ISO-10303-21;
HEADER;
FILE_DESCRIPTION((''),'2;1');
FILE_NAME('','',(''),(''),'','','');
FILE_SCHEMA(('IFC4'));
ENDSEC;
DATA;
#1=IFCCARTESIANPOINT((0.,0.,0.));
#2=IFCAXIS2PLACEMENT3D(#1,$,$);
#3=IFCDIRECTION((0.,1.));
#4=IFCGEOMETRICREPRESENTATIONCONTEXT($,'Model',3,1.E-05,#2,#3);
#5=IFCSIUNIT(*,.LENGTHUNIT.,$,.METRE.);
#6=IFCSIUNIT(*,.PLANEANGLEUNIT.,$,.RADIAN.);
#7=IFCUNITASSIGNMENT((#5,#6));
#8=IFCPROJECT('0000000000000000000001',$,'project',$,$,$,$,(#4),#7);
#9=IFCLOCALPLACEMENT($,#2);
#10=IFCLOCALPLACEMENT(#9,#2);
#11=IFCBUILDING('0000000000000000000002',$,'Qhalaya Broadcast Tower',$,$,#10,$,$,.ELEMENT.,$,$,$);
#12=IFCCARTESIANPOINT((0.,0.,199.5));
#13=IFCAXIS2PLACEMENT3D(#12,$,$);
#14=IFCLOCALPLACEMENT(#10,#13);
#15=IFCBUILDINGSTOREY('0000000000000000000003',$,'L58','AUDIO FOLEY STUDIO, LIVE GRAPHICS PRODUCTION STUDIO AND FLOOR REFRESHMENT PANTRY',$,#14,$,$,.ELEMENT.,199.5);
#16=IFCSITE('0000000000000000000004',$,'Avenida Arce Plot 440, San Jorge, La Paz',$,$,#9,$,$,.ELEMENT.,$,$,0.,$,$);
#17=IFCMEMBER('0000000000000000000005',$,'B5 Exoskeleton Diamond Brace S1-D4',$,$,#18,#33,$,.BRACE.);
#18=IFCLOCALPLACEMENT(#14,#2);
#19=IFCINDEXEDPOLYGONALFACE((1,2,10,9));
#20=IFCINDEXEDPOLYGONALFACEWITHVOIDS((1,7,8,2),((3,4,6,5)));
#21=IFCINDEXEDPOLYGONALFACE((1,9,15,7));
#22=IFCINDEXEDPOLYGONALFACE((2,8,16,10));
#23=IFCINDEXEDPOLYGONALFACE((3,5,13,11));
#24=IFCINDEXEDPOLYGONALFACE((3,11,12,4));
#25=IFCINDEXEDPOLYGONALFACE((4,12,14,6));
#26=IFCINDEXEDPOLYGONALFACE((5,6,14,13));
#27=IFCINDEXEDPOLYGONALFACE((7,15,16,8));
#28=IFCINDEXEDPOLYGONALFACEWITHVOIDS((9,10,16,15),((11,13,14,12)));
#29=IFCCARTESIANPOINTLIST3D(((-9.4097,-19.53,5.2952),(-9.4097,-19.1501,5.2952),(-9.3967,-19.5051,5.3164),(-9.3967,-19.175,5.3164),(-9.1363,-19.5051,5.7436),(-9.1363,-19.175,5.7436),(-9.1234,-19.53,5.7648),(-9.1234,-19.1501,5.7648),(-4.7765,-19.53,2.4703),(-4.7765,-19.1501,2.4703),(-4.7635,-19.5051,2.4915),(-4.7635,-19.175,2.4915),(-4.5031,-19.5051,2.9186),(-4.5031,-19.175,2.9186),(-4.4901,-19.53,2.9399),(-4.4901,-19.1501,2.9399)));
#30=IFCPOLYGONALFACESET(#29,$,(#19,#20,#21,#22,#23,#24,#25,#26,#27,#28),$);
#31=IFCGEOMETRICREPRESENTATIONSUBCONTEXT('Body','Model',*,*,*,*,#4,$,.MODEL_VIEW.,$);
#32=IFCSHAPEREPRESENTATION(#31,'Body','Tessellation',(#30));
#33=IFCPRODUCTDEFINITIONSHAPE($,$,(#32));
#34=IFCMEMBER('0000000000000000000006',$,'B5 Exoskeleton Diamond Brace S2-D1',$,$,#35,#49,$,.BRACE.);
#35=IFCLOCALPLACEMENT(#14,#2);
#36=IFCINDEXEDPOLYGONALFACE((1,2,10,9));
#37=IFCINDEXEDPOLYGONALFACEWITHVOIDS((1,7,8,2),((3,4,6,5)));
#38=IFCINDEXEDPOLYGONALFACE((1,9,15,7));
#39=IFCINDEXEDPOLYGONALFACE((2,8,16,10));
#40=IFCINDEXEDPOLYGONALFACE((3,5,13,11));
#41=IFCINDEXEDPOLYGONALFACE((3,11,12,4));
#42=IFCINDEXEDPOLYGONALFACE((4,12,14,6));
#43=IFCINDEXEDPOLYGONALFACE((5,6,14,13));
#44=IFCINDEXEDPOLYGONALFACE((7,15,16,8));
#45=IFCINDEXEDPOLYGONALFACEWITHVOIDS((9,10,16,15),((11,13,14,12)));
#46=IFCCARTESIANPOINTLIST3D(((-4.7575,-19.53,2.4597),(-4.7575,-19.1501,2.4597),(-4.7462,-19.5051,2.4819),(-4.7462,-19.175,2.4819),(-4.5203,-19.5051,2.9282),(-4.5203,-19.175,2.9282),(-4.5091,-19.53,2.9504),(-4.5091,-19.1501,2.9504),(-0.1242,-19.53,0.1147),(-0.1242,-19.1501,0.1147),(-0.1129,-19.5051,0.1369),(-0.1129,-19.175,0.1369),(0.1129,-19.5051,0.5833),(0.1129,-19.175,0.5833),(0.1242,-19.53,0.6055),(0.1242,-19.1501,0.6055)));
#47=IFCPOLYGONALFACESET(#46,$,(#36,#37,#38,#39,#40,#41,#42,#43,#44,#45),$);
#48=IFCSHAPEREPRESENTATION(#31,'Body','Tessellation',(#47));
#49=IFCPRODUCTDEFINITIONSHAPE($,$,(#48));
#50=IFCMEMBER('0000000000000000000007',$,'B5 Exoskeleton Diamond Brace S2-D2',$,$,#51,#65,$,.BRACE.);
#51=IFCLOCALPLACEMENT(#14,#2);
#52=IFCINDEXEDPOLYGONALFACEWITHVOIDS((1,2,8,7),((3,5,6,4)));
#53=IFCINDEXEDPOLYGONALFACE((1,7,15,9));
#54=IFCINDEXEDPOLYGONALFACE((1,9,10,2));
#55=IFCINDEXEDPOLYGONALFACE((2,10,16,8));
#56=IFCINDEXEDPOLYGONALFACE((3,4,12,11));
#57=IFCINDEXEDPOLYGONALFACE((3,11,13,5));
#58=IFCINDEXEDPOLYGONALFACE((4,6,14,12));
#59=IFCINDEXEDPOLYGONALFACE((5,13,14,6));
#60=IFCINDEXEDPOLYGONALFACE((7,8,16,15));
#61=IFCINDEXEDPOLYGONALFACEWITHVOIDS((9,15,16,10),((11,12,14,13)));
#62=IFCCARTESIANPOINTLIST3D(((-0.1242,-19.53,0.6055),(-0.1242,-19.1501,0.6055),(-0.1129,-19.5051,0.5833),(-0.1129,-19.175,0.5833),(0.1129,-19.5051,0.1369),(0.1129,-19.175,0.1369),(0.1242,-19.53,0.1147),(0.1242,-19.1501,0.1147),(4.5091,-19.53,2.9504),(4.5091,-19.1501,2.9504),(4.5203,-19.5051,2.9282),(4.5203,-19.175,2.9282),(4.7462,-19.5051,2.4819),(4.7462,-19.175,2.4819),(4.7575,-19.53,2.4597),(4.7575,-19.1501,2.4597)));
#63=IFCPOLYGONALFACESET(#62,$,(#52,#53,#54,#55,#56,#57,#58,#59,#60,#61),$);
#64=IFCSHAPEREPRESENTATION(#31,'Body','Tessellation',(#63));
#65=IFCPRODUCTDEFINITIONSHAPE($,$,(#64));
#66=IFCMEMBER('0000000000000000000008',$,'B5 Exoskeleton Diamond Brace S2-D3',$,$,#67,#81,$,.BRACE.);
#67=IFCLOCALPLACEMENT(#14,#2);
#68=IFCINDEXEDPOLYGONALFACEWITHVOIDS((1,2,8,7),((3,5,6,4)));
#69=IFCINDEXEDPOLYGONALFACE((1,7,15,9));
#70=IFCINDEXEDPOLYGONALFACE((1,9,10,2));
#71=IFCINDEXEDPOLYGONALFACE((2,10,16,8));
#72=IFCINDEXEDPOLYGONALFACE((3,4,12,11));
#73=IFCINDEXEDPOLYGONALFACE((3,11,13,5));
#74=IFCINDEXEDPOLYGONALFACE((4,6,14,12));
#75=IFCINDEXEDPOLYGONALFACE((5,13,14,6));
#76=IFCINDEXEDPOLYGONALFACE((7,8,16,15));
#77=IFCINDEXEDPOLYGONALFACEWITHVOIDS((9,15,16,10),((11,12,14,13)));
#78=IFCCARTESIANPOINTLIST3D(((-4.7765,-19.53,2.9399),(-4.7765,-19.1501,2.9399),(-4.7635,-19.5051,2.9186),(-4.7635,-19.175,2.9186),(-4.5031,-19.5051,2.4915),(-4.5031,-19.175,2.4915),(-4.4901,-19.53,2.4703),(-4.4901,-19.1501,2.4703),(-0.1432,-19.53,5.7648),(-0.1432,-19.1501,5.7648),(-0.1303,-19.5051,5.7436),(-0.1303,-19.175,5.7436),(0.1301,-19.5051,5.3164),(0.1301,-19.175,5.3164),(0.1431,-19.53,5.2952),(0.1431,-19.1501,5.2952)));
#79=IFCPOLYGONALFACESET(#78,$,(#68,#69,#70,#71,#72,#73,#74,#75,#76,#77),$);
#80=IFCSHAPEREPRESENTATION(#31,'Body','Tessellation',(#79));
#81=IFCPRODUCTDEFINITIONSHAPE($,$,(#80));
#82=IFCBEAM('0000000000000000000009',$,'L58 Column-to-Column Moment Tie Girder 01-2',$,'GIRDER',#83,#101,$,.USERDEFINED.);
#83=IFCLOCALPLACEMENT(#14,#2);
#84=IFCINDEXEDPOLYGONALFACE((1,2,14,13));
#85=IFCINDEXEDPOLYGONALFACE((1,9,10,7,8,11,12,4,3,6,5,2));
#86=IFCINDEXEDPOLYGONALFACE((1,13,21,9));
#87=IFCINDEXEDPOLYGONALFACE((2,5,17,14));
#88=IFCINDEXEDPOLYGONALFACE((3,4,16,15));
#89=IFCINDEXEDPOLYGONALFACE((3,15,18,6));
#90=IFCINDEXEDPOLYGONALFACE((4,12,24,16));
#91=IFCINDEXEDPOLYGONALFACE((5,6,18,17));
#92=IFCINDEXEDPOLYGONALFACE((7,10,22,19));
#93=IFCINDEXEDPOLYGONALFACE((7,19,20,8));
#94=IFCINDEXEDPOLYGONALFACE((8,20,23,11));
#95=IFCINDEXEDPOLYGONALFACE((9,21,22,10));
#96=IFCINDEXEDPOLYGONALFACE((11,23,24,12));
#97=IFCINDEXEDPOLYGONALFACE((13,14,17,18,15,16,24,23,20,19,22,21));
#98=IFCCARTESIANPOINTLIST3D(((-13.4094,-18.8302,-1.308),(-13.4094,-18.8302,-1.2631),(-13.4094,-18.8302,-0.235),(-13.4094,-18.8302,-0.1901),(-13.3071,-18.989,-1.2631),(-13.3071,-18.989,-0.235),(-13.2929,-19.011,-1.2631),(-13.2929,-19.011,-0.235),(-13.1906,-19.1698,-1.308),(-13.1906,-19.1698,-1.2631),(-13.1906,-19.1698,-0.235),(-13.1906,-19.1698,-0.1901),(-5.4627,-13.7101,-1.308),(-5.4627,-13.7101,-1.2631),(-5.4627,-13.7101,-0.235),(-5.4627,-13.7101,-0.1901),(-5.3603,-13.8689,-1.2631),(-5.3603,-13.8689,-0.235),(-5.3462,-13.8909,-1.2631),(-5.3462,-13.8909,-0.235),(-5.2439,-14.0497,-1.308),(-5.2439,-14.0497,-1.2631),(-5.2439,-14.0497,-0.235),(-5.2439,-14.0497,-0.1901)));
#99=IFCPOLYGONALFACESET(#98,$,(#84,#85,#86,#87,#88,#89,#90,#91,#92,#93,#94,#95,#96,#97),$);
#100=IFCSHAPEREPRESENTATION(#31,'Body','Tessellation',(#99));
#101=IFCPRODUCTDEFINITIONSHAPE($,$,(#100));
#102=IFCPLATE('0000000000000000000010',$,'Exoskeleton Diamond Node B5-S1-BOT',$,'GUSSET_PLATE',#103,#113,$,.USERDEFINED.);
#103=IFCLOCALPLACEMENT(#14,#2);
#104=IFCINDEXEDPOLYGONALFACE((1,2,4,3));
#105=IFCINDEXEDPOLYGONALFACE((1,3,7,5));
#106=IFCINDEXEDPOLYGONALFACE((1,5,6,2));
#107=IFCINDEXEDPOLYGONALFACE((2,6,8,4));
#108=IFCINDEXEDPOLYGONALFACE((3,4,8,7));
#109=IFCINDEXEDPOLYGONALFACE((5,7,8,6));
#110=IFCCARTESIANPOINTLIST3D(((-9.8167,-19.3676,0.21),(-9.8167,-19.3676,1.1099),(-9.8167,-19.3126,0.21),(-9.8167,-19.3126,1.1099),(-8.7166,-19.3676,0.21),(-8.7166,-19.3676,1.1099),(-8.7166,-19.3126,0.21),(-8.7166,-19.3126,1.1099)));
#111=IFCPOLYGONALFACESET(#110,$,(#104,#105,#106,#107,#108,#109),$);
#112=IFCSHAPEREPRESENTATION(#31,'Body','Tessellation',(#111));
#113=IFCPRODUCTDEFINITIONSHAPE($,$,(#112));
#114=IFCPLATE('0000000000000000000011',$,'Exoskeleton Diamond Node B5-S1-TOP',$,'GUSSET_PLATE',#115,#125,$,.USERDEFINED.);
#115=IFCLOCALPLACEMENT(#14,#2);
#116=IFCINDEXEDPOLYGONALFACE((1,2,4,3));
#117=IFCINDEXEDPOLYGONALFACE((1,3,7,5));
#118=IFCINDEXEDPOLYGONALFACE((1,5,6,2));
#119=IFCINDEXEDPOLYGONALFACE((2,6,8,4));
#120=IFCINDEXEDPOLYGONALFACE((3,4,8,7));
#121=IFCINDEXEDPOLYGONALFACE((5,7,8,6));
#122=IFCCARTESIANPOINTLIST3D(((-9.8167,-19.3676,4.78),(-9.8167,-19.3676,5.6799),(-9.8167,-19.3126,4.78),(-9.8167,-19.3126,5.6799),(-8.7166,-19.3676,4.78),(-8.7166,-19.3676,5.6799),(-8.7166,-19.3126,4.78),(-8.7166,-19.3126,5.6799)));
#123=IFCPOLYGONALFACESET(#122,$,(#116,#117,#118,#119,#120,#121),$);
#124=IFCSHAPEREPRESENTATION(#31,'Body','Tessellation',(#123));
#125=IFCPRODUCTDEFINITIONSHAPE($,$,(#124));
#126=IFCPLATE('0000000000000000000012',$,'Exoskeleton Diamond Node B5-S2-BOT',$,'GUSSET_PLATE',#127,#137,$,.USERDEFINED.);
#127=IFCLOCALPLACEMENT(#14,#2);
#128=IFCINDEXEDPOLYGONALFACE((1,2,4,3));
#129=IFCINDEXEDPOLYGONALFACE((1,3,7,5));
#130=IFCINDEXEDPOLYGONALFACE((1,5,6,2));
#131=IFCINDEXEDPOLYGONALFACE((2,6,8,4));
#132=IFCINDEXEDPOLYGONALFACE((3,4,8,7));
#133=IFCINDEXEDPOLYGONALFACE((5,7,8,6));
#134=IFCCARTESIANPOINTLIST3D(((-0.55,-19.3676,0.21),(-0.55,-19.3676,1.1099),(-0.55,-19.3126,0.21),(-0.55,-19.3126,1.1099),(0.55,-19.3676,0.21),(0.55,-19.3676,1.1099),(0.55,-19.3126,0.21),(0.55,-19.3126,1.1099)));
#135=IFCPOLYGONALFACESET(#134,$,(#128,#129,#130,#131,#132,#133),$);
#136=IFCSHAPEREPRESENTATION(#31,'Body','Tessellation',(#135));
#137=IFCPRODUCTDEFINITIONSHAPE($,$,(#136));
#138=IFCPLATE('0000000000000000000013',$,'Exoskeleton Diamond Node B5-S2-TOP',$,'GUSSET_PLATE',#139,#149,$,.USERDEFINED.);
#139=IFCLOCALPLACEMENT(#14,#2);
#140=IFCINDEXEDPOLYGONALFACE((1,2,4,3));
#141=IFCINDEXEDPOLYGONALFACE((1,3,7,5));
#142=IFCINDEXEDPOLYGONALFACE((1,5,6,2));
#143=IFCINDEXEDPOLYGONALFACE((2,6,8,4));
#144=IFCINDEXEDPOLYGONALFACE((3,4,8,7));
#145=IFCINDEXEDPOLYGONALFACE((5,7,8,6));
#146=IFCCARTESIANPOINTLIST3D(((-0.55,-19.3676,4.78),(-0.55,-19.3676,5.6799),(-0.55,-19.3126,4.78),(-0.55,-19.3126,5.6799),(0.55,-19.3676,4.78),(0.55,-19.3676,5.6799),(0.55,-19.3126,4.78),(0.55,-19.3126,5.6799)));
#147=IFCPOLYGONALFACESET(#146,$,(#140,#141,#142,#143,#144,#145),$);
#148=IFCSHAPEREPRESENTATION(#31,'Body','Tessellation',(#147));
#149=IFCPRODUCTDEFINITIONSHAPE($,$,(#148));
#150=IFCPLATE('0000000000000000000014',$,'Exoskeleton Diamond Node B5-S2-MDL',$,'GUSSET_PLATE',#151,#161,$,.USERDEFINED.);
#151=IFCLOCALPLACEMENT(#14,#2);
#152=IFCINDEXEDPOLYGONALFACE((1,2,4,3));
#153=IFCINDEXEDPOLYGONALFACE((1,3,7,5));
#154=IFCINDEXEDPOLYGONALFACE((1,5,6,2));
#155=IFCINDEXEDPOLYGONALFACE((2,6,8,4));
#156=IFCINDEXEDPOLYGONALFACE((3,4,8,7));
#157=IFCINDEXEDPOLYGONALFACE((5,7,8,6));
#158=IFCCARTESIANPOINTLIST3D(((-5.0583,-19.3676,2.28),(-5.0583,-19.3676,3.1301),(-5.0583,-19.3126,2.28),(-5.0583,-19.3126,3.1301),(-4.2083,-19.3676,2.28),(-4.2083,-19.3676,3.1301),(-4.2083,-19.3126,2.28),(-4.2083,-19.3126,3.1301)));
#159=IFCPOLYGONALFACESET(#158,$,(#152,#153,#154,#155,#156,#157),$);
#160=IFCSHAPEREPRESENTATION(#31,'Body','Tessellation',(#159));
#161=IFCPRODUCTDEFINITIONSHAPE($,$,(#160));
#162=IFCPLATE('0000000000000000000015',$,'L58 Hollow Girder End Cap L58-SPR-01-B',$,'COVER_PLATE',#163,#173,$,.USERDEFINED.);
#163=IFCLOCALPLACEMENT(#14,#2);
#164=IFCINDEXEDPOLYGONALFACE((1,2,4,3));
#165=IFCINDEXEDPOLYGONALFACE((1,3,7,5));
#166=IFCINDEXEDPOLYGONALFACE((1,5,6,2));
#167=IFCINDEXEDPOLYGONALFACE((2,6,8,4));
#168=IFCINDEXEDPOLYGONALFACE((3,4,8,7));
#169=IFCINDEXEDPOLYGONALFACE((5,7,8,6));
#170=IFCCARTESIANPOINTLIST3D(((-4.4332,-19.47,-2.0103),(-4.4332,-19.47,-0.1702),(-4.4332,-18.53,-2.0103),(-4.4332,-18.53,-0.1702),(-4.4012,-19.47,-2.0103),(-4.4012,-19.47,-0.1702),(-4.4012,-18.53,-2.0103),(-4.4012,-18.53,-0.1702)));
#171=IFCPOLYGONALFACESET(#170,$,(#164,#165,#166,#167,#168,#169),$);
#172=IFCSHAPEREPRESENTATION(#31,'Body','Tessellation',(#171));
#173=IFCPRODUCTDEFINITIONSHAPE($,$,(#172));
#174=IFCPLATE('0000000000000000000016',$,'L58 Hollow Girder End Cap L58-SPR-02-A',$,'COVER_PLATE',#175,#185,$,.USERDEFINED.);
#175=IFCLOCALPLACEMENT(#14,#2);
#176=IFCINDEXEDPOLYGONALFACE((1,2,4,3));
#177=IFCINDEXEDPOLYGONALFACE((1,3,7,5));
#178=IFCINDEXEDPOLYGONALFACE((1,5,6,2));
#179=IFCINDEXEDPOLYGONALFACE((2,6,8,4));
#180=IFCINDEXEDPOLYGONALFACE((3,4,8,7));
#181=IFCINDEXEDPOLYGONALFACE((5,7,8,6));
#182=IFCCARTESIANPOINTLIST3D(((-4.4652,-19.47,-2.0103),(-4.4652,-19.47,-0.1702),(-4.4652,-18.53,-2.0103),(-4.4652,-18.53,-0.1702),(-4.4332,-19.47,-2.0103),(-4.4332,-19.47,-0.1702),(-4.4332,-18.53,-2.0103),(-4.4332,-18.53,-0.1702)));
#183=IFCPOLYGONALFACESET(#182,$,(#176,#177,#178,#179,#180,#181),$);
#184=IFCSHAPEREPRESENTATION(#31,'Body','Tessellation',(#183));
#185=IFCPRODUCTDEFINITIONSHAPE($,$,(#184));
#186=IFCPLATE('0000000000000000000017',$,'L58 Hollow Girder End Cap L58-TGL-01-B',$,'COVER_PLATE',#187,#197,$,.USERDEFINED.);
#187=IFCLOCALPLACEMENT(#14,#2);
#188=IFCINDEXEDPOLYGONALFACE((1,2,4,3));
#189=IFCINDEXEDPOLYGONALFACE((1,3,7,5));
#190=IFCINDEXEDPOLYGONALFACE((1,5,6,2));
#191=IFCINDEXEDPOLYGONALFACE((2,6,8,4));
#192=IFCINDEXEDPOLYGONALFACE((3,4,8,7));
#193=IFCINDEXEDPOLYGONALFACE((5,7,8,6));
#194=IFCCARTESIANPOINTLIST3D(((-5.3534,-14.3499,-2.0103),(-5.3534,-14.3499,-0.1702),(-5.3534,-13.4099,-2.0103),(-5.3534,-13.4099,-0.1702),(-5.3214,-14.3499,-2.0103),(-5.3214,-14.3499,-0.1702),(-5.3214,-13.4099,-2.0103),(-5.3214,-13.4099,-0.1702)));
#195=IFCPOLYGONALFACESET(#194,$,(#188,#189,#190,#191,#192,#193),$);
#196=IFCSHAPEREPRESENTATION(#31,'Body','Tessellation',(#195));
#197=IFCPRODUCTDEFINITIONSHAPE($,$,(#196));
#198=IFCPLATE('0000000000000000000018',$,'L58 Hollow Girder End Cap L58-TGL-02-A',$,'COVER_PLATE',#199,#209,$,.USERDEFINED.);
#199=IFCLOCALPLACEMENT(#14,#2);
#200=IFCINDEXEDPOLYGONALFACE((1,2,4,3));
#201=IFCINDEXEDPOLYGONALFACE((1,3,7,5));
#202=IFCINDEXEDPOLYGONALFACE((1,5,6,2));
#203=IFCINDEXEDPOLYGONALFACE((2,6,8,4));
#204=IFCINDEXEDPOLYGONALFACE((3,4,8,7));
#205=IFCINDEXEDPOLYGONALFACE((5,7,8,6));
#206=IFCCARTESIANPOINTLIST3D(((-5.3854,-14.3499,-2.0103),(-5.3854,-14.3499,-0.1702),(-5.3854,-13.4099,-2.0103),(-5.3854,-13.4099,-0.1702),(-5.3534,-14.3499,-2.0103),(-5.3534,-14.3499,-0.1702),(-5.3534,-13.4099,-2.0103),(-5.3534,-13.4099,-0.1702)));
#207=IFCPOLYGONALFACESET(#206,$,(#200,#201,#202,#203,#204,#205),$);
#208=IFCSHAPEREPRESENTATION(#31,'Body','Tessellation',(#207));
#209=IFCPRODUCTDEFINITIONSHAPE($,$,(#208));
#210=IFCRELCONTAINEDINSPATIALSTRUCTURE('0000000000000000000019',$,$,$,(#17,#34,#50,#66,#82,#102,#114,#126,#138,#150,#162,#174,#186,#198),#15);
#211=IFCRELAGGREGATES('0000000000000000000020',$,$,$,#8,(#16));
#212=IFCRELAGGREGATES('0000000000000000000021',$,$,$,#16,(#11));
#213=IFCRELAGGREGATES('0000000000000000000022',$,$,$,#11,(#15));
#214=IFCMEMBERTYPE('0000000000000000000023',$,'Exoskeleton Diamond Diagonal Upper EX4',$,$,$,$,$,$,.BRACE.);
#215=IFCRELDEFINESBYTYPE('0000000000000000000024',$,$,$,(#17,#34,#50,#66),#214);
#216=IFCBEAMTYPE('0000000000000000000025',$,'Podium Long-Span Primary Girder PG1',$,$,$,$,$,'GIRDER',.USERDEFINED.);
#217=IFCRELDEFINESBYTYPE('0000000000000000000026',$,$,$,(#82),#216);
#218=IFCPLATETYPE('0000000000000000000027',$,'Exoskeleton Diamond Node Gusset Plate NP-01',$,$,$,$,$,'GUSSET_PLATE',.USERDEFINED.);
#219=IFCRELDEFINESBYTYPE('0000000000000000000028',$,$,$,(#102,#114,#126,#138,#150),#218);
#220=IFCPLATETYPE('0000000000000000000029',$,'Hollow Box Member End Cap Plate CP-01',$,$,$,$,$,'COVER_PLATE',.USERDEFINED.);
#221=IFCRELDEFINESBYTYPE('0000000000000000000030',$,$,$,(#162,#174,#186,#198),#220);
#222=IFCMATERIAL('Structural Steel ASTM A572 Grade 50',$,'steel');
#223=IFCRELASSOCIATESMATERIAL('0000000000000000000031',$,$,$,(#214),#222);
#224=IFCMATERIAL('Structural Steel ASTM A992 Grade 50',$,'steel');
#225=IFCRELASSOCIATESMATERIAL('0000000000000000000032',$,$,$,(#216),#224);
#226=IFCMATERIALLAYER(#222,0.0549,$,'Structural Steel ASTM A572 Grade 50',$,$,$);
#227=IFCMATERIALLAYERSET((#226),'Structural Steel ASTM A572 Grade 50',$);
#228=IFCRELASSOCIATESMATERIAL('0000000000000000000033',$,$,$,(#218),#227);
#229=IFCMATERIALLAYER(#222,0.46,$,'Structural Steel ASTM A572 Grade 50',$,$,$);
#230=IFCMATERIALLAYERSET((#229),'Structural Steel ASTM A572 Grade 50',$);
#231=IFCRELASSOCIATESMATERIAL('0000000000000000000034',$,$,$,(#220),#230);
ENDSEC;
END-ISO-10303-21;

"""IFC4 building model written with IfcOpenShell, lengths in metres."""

from ifc_helpers import new_model, si_unit, direction, frame, origin, origin_2d, place, context, subcontext, project, spatial, rectangle, hollow_rectangle, i_section, extrude, material, layer, layer_set, material_profile, profile_set, type_object, element, save


model = new_model("IFC4")

# Units and contexts
model_context = context("Model", 3, precision=1e-05, world=origin(), true_north=direction((0.0, 1.0)))
body_context = subcontext(model_context, "Body", "Model", "MODEL_VIEW")
ifc_project = project(units=[si_unit("LENGTHUNIT", "METRE"), si_unit("PLANEANGLEUNIT", "RADIAN")], contexts=[model_context])

# Site, building, storey
site_placement = place(None, origin())
site = spatial("IfcSite", under=ifc_project, at=site_placement, Name="Avenida Arce Plot 440, San Jorge, La Paz", CompositionType="ELEMENT", RefElevation=0.0)
building_placement = place(site_placement, origin())
building = spatial("IfcBuilding", under=site, at=building_placement, Name="Qhalaya Broadcast Tower", CompositionType="ELEMENT")
storey_placement = place(building_placement, frame((0.0, 0.0, 199.5)))
storey = spatial("IfcBuildingStorey", under=building, at=storey_placement, Name="L58", Description="AUDIO FOLEY STUDIO, LIVE GRAPHICS PRODUCTION STUDIO AND FLOOR REFRESHMENT PANTRY", CompositionType="ELEMENT", Elevation=199.5)

# Shared definitions
ifc_material_1 = material(Name="Structural Steel ASTM A572 Grade 50", Category="steel")

# Shared definitions
ifc_material_2 = material(Name="Structural Steel ASTM A992 Grade 50", Category="steel")

# Members
ifc_material_profile_1 = material_profile(ifc_material_1, hollow_rectangle(XDim=0.3799, YDim=0.55, WallThickness=0.0249, at=origin_2d()), Name="BOX 380x550x25")
ifc_profile_set_1 = profile_set([ifc_material_profile_1], Name="Structural Steel ASTM A572 Grade 50")
member_type = type_object("IfcMemberType", Name="Exoskeleton Diamond Diagonal Upper EX4", PredefinedType="BRACE", material=ifc_profile_set_1)
member_1_placement = place(storey_placement, frame((-4.6333, -19.3401, 2.7051), z_axis=(-0.853815, 0.0, 0.520576), x_axis=(0.0, -1.0, 0.0)))
element("IfcMember", 1, at=member_1_placement, inside=storey, type_object=member_type, Name="B5 Exoskeleton Diamond Brace S1-D4", PredefinedType="BRACE", context=body_context, shape_type="SweptSolid", body=[
    extrude(hollow_rectangle(XDim=0.3799, YDim=0.55, WallThickness=0.0249, at=origin_2d()), origin(), (0.0, 0.0, 1.0), 5.4265),
])
for number, where, z_axis, x_axis, name in (
    (2, (0.0, -19.3401, 0.3601), (-0.892235, 0.0, 0.451571), (0.0, -1.0, 0.0), "B5 Exoskeleton Diamond Brace S2-D1"),
    (3, (0.0, -19.3401, 0.3601), (0.892235, 0.0, 0.451571), (0.0, 1.0, 0.0), "B5 Exoskeleton Diamond Brace S2-D2"),
):
    element("IfcMember", number, at=place(storey_placement, frame(where, z_axis=z_axis, x_axis=x_axis)), inside=storey, type_object=member_type, Name=name, PredefinedType="BRACE", context=body_context, shape_type="SweptSolid", body=[
        extrude(hollow_rectangle(XDim=0.3799, YDim=0.55, WallThickness=0.0249, at=origin_2d()), origin(), (0.0, 0.0, 1.0), 5.1929),
    ])
member_2_placement = place(storey_placement, frame((-4.6333, -19.3401, 2.7051), z_axis=(0.853815, 0.0, 0.520576), x_axis=(0.0, 1.0, 0.0)))
element("IfcMember", 4, at=member_2_placement, inside=storey, type_object=member_type, Name="B5 Exoskeleton Diamond Brace S2-D3", PredefinedType="BRACE", context=body_context, shape_type="SweptSolid", body=[
    extrude(hollow_rectangle(XDim=0.3799, YDim=0.55, WallThickness=0.0249, at=origin_2d()), origin(), (0.0, 0.0, 1.0), 5.4265),
])

# Beam
ifc_material_profile_2 = material_profile(ifc_material_2, i_section(OverallWidth=0.4041, OverallDepth=1.1179, WebThickness=0.0261, FlangeThickness=0.0449, at=origin_2d()), Name="W44X335")
ifc_profile_set_2 = profile_set([ifc_material_profile_2], Name="Structural Steel ASTM A992 Grade 50")
beam_type_1 = type_object("IfcBeamType", Name="Podium Long-Span Primary Girder PG1", ElementType="GIRDER", PredefinedType="USERDEFINED", material=ifc_profile_set_2)
beam_1_placement = place(storey_placement, frame((-5.3533, -13.8799, -0.749), z_axis=(-0.840626, -0.541616, 0.0), x_axis=(0.541616, -0.840626, 0.0)))
element("IfcBeam", 5, at=beam_1_placement, inside=storey, type_object=beam_type_1, Name="L58 Column-to-Column Moment Tie Girder 01-2", ObjectType="GIRDER", PredefinedType="USERDEFINED", context=body_context, shape_type="SweptSolid", body=[
    extrude(i_section(OverallWidth=0.4041, OverallDepth=1.1179, WebThickness=0.0261, FlangeThickness=0.0449, at=origin_2d()), origin(), (0.0, 0.0, 1.0), 9.4534),
])

# Plates
ifc_layer_1 = layer(ifc_material_1, 0.0549, Name="Structural Steel ASTM A572 Grade 50")
ifc_layer_set_1 = layer_set([ifc_layer_1], Name="Structural Steel ASTM A572 Grade 50")
plate_type_1 = type_object("IfcPlateType", Name="Exoskeleton Diamond Node Gusset Plate NP-01", ElementType="GUSSET_PLATE", PredefinedType="USERDEFINED", material=ifc_layer_set_1)
for number, where, z_axis, x_axis, name in (
    (6, (-9.2666, -19.3401, 0.21), (0.0, 0.0, 1.0), (1.0, 0.0, 0.0), "Exoskeleton Diamond Node B5-S1-BOT"),
    (7, (-9.2666, -19.3401, 4.78), (0.0, 0.0, 1.0), (1.0, 0.0, 0.0), "Exoskeleton Diamond Node B5-S1-TOP"),
    (8, (0.0, -19.3401, 0.21), (0.0, 0.0, 1.0), (1.0, 0.0, 0.0), "Exoskeleton Diamond Node B5-S2-BOT"),
    (9, (0.0, -19.3401, 4.78), (0.0, 0.0, 1.0), (1.0, 0.0, 0.0), "Exoskeleton Diamond Node B5-S2-TOP"),
):
    element("IfcPlate", number, at=place(storey_placement, frame(where, z_axis=z_axis, x_axis=x_axis)), inside=storey, type_object=plate_type_1, Name=name, ObjectType="GUSSET_PLATE", PredefinedType="USERDEFINED", context=body_context, shape_type="SweptSolid", body=[
        extrude(rectangle(XDim=1.1001, YDim=0.0549, at=origin_2d()), origin(), (0.0, 0.0, 1.0), 0.8999),
    ])
plate_1_placement = place(storey_placement, frame((-4.6333, -19.3401, 2.28), z_axis=(0.0, 0.0, 1.0), x_axis=(1.0, 0.0, 0.0)))
element("IfcPlate", 10, at=plate_1_placement, inside=storey, type_object=plate_type_1, Name="Exoskeleton Diamond Node B5-S2-MDL", ObjectType="GUSSET_PLATE", PredefinedType="USERDEFINED", context=body_context, shape_type="SweptSolid", body=[
    extrude(rectangle(XDim=0.8501, YDim=0.0549, at=origin_2d()), origin(), (0.0, 0.0, 1.0), 0.8501),
])
ifc_layer_2 = layer(ifc_material_1, 0.46, Name="Structural Steel ASTM A572 Grade 50")
ifc_layer_set_2 = layer_set([ifc_layer_2], Name="Structural Steel ASTM A572 Grade 50")
plate_type_2 = type_object("IfcPlateType", Name="Hollow Box Member End Cap Plate CP-01", ElementType="COVER_PLATE", PredefinedType="USERDEFINED", material=ifc_layer_set_2)
for number, where, z_axis, x_axis, name in (
    (11, (-4.4172, -19.0, -2.0103), (0.0, 0.0, 1.0), (0.0, 1.0, 0.0), "L58 Hollow Girder End Cap L58-SPR-01-B"),
    (12, (-4.4492, -19.0, -2.0103), (0.0, 0.0, 1.0), (0.0, 1.0, 0.0), "L58 Hollow Girder End Cap L58-SPR-02-A"),
    (13, (-5.3374, -13.8799, -2.0103), (0.0, 0.0, 1.0), (0.0, 1.0, 0.0), "L58 Hollow Girder End Cap L58-TGL-01-B"),
    (14, (-5.3694, -13.8799, -2.0103), (0.0, 0.0, 1.0), (0.0, 1.0, 0.0), "L58 Hollow Girder End Cap L58-TGL-02-A"),
):
    element("IfcPlate", number, at=place(storey_placement, frame(where, z_axis=z_axis, x_axis=x_axis)), inside=storey, type_object=plate_type_2, Name=name, ObjectType="COVER_PLATE", PredefinedType="USERDEFINED", context=body_context, shape_type="SweptSolid", body=[
        extrude(rectangle(XDim=0.9399, YDim=0.032, at=origin_2d()), origin(), (0.0, 0.0, 1.0), 1.8401),
    ])

save(model, "model.ifc")
